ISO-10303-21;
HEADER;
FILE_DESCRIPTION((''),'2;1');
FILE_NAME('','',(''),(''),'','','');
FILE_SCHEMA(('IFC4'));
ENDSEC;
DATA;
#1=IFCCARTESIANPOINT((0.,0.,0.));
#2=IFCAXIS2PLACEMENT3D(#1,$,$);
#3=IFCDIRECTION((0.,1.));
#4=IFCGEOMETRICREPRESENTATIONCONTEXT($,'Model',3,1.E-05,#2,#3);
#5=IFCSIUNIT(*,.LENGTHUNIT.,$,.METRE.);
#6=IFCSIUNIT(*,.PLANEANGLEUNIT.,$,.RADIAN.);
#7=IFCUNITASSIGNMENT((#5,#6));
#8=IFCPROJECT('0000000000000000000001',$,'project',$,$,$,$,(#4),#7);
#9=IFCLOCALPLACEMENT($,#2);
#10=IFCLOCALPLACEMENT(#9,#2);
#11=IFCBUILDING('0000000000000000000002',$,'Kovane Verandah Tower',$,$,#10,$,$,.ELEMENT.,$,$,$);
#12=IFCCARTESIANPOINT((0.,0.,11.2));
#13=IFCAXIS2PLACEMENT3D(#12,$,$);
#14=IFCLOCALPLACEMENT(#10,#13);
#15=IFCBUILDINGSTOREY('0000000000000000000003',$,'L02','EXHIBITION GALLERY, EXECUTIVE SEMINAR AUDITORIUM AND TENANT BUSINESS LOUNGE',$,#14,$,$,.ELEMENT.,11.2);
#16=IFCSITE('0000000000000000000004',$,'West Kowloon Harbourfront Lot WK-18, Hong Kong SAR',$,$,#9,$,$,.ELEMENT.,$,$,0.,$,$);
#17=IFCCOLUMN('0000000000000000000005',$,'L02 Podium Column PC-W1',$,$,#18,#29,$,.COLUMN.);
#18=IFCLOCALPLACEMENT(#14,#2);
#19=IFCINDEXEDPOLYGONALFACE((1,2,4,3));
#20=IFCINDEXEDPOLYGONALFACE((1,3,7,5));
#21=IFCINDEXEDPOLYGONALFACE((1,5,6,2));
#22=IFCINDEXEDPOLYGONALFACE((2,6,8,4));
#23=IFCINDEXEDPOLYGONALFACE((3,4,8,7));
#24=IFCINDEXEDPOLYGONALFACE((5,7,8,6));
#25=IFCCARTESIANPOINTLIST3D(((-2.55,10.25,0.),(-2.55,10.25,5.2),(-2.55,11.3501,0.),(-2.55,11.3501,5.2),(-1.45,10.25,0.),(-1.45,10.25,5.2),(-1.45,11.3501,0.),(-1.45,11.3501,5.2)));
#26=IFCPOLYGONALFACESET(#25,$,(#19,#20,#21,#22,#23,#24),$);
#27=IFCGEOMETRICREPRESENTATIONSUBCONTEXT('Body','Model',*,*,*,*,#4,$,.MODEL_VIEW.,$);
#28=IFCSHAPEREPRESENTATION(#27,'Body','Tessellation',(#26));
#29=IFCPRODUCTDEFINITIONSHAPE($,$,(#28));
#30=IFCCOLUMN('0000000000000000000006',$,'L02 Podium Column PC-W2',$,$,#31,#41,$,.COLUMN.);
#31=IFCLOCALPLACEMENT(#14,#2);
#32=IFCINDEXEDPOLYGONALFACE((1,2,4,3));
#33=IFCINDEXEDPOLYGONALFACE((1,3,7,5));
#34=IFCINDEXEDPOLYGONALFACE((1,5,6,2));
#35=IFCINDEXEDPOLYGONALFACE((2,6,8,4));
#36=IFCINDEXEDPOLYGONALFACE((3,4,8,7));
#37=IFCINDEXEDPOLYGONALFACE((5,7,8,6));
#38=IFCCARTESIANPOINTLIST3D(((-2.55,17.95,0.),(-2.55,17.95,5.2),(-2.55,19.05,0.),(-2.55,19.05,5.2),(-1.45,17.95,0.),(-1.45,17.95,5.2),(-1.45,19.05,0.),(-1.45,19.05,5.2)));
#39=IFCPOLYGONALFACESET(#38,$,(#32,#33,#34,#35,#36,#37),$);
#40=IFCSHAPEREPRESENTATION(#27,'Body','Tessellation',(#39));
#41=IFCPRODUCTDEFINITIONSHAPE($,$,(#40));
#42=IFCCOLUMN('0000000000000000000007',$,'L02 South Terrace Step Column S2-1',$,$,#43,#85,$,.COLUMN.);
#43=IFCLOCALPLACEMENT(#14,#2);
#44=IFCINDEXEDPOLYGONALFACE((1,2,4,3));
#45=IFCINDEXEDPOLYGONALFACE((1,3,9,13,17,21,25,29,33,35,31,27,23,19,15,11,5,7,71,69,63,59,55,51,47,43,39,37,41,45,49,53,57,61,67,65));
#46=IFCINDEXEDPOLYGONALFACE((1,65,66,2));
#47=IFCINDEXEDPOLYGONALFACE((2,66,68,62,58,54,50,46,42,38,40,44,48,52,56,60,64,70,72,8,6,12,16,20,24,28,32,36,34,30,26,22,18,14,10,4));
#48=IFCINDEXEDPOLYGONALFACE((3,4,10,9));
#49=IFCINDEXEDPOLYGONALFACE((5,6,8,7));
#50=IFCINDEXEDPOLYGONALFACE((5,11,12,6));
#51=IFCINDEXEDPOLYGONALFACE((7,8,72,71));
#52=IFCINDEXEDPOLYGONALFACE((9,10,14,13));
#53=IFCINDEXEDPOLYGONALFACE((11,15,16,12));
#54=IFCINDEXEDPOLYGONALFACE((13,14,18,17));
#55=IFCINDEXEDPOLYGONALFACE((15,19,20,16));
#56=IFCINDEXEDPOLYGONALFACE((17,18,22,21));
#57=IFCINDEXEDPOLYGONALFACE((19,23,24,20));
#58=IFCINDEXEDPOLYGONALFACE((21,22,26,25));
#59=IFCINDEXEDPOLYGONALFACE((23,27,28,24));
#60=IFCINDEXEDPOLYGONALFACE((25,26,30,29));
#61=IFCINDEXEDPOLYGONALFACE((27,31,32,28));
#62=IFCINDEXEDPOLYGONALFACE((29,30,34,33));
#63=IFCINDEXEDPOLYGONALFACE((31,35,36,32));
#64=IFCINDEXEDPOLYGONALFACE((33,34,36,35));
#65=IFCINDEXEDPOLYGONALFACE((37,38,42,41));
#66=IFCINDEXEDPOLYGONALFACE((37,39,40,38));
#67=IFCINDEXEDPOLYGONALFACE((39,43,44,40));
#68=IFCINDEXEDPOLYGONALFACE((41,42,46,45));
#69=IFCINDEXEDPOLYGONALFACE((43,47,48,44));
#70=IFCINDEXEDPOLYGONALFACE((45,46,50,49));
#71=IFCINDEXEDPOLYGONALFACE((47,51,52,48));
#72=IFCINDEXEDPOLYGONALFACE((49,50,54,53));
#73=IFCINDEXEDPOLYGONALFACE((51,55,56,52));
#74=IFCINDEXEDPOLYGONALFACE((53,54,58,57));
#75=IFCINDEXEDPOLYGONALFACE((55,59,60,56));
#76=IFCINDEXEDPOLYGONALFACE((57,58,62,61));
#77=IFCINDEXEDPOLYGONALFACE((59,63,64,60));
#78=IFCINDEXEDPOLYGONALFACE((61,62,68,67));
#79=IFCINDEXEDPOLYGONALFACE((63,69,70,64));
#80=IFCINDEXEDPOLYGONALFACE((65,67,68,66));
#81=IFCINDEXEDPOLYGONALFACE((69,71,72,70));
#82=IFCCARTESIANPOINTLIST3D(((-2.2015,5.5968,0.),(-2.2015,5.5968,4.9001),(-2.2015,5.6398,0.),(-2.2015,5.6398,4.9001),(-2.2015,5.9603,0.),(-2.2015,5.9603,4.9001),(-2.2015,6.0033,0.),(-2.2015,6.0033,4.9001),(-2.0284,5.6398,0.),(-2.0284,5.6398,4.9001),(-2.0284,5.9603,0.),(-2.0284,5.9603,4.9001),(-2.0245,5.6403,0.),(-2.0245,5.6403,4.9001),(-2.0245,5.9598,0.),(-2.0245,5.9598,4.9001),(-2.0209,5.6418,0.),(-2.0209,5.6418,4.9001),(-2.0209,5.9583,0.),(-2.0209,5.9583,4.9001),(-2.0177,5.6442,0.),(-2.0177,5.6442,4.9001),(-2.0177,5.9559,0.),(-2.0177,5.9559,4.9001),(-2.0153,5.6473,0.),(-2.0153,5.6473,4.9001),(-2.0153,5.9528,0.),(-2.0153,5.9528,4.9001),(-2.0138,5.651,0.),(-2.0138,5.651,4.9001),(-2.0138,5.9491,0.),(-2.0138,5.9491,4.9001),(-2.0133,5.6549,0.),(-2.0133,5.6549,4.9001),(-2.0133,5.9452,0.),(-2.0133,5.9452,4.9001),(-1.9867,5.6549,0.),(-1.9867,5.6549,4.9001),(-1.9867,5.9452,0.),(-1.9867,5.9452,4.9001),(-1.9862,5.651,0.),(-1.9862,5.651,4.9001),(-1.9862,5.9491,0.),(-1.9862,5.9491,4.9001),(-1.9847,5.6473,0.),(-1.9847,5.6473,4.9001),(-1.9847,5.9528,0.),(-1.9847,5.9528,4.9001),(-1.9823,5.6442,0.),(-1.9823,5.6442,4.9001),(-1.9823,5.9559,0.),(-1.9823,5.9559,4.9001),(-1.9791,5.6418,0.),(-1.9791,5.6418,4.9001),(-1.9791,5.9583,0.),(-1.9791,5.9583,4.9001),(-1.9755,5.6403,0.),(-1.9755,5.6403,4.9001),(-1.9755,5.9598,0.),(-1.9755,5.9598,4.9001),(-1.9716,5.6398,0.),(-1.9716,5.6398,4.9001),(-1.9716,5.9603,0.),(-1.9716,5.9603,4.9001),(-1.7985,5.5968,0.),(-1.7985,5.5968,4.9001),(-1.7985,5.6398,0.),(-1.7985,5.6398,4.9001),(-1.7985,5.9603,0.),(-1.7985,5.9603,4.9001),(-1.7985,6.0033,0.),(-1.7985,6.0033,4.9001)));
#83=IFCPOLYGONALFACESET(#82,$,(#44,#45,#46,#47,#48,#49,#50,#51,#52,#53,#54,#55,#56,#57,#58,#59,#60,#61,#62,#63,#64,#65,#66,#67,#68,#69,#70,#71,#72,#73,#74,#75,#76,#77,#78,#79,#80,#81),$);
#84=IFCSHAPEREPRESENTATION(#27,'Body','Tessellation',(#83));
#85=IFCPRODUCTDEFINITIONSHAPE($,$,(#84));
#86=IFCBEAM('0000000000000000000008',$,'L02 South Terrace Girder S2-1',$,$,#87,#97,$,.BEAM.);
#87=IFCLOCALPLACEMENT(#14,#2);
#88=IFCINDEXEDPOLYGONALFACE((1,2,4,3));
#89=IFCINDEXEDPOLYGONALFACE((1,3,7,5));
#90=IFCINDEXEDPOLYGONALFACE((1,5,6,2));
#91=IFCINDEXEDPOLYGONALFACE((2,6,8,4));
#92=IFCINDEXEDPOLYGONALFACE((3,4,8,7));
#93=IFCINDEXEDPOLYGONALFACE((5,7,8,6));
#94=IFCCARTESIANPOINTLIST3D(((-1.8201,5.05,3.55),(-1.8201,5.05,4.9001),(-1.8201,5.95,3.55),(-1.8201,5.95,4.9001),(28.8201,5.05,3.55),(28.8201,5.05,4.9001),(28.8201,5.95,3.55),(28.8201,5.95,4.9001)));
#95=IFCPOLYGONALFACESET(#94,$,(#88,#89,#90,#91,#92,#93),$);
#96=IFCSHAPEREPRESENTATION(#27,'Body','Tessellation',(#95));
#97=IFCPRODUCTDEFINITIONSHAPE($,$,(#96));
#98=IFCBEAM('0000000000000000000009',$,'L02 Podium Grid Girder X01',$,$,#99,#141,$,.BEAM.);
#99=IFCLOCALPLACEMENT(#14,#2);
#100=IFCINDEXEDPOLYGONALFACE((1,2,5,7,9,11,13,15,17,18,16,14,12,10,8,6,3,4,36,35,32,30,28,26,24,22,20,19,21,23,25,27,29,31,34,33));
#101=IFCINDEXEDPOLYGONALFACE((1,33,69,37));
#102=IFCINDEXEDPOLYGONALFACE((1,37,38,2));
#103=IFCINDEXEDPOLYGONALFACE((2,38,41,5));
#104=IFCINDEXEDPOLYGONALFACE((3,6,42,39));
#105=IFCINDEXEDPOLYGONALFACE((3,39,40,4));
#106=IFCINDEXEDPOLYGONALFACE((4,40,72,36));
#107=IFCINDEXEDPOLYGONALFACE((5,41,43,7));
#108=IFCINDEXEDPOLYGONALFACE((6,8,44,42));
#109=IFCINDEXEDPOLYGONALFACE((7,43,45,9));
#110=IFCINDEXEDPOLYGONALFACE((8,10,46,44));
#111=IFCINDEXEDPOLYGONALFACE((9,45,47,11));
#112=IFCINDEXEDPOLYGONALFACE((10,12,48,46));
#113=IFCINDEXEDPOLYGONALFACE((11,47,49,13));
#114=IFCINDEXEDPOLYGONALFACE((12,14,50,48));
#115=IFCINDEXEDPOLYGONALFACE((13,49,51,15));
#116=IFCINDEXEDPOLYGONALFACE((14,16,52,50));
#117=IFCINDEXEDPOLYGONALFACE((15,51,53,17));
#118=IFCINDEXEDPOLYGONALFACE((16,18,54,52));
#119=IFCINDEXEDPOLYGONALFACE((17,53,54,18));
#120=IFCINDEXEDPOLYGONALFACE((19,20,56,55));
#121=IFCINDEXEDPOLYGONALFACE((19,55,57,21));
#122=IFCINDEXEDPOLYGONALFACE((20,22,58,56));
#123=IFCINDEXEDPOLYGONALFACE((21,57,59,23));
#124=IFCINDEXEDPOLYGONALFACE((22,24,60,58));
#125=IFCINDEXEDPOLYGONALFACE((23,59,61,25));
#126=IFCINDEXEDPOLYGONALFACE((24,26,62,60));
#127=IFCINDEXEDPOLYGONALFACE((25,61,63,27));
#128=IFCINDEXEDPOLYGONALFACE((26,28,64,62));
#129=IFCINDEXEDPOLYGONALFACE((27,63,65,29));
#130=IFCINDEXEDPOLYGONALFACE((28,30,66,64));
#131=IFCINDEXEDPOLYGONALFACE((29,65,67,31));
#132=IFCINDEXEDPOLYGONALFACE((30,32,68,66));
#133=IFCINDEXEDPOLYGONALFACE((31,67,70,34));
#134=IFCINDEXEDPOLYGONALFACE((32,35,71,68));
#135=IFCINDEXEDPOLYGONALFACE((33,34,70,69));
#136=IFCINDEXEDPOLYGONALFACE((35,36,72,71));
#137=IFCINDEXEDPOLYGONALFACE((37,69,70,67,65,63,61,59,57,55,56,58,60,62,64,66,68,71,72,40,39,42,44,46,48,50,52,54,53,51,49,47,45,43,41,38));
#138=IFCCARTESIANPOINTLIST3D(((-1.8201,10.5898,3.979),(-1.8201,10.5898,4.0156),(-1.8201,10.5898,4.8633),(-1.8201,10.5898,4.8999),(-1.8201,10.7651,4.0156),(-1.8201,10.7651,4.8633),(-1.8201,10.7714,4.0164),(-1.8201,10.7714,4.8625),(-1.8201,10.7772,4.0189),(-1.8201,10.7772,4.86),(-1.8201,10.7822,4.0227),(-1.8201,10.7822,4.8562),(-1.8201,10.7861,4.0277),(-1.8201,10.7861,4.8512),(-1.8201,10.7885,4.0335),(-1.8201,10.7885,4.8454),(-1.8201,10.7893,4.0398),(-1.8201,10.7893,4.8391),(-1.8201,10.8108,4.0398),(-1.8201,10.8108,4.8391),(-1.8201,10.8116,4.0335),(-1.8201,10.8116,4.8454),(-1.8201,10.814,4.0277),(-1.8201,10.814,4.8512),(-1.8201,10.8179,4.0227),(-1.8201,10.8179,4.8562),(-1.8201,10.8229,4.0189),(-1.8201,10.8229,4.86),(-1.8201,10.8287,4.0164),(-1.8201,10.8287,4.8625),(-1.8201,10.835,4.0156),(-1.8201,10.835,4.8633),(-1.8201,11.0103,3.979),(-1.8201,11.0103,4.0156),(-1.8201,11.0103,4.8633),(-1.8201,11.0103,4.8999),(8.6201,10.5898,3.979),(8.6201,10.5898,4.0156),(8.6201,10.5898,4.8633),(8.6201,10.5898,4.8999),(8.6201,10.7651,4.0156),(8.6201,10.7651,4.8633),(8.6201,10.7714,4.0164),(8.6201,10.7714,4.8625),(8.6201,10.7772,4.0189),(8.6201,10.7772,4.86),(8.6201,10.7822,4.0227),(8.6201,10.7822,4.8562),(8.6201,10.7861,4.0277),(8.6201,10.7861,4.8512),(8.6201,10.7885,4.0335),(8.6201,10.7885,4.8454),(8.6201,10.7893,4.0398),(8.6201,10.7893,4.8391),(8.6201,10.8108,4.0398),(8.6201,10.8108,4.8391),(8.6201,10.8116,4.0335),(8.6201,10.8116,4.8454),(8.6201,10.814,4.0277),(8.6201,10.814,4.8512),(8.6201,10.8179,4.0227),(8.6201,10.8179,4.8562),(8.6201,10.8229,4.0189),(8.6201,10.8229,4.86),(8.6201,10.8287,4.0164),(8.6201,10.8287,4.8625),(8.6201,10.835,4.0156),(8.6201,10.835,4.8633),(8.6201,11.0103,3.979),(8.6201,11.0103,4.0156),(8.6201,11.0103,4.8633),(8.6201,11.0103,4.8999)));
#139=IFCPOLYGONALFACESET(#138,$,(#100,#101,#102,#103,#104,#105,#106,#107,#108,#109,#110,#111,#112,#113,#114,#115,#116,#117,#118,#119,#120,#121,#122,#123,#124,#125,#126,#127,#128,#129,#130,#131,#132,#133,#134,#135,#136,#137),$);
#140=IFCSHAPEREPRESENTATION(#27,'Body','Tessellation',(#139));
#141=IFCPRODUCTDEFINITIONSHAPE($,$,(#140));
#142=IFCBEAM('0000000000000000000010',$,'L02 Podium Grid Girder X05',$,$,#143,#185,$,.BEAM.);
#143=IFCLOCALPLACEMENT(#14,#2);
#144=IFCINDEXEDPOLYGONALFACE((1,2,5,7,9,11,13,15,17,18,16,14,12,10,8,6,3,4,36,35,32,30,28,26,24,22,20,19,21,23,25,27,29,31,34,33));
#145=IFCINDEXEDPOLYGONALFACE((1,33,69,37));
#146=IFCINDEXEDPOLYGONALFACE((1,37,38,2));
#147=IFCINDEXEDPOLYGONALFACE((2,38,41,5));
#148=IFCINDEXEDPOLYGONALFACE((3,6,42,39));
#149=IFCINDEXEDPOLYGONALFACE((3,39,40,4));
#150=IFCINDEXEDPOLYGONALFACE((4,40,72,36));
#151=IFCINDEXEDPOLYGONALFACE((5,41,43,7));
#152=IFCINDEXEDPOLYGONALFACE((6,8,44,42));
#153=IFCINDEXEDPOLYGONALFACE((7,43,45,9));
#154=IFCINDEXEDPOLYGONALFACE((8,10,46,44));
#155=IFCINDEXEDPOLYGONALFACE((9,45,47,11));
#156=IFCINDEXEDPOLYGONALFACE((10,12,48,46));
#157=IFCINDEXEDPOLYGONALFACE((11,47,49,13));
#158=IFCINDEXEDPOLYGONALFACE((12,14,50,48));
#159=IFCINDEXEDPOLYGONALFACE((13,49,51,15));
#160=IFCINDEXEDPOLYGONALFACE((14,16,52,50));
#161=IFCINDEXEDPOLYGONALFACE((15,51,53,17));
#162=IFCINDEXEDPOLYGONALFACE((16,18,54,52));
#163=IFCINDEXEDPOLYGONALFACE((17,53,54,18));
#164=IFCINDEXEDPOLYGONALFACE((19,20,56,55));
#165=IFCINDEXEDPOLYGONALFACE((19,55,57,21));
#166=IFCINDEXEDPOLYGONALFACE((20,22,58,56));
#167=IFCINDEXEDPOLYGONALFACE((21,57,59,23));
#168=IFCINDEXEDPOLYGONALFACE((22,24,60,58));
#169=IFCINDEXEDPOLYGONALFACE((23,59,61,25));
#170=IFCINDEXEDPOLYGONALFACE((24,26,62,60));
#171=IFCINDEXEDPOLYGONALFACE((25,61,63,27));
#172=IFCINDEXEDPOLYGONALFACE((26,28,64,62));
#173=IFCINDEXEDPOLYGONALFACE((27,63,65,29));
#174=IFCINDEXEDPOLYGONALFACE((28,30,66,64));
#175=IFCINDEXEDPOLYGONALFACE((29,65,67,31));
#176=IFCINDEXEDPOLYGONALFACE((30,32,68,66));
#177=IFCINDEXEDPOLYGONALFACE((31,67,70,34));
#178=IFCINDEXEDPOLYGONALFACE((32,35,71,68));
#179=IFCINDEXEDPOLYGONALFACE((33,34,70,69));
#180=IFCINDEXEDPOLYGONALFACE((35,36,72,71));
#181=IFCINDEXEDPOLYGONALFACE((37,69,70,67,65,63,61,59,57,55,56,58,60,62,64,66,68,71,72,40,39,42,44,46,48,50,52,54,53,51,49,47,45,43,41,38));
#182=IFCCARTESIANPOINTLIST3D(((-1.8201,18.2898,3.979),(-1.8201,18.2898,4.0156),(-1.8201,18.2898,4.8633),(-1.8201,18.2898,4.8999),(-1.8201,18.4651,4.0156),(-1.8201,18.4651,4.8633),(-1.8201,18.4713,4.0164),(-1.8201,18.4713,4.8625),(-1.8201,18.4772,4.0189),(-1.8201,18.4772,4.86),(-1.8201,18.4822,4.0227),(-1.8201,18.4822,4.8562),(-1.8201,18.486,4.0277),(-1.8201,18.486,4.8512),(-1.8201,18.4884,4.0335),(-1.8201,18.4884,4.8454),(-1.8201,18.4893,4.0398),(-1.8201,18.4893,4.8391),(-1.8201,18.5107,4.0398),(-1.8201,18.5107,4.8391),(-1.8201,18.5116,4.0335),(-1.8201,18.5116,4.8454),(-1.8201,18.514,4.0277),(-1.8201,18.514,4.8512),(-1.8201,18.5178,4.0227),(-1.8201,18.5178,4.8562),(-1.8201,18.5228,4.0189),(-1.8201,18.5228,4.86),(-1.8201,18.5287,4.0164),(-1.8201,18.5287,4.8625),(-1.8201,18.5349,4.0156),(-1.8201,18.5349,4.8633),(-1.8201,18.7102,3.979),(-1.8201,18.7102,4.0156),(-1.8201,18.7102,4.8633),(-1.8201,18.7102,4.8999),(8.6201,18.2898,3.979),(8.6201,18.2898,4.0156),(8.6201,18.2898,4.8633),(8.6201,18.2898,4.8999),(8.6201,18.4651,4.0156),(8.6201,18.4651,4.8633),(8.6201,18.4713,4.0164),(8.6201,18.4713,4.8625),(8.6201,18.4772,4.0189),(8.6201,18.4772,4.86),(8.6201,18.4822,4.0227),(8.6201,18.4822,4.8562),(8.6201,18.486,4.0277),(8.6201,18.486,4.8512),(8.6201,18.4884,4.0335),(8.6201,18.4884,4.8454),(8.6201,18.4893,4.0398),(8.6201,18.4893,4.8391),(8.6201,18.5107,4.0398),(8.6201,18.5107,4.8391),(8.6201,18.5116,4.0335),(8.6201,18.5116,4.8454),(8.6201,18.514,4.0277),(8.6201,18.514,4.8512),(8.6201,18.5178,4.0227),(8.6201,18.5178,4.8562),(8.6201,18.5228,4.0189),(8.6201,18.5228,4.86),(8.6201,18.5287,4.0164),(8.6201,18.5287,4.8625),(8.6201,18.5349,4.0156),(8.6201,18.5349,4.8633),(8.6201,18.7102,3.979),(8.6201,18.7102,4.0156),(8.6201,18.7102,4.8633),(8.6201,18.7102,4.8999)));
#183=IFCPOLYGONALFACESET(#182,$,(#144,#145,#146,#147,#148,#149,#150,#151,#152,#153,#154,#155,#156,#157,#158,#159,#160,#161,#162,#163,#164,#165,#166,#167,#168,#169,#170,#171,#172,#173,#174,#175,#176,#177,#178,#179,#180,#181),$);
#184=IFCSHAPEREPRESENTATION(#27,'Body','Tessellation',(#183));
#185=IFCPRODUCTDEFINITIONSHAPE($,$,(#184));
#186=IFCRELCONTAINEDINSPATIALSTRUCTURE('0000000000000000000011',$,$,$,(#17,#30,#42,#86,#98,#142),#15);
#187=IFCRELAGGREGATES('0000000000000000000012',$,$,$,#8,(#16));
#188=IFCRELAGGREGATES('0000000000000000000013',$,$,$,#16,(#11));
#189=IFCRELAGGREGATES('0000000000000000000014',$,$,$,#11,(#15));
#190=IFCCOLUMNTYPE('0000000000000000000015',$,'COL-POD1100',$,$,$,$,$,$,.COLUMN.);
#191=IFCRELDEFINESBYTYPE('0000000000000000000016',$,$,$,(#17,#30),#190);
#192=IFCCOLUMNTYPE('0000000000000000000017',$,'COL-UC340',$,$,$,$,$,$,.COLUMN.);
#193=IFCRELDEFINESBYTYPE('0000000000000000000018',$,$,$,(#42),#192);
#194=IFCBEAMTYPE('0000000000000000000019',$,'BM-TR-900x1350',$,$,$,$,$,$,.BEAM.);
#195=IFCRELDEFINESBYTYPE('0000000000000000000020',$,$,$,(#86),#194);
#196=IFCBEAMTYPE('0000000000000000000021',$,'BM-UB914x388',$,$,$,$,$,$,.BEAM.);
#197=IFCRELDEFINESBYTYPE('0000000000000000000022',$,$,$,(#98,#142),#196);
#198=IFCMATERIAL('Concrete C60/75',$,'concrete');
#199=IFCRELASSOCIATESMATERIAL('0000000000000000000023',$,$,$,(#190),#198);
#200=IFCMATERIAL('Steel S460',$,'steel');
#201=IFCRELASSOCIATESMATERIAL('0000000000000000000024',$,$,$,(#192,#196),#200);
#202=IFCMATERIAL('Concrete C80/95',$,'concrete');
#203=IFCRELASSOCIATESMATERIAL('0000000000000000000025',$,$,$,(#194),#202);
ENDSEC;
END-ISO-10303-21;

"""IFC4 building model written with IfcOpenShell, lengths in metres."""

from ifc_helpers import new_model, si_unit, direction, frame, origin, origin_2d, place, context, subcontext, project, spatial, rectangle, i_section, extrude, material, material_profile, profile_set, type_object, element, save


model = new_model("IFC4")

# Units and contexts
model_context = context("Model", 3, precision=1e-05, world=origin(), true_north=direction((0.0, 1.0)))
body_context = subcontext(model_context, "Body", "Model", "MODEL_VIEW")
ifc_project = project(units=[si_unit("LENGTHUNIT", "METRE"), si_unit("PLANEANGLEUNIT", "RADIAN")], contexts=[model_context])

# Site, building, storey
site_placement = place(None, origin())
site = spatial("IfcSite", under=ifc_project, at=site_placement, Name="West Kowloon Harbourfront Lot WK-18, Hong Kong SAR", CompositionType="ELEMENT", RefElevation=0.0)
building_placement = place(site_placement, origin())
building = spatial("IfcBuilding", under=site, at=building_placement, Name="Kovane Verandah Tower", CompositionType="ELEMENT")
storey_placement = place(building_placement, frame((0.0, 0.0, 11.2)))
storey = spatial("IfcBuildingStorey", under=building, at=storey_placement, Name="L02", Description="EXHIBITION GALLERY, EXECUTIVE SEMINAR AUDITORIUM AND TENANT BUSINESS LOUNGE", CompositionType="ELEMENT", Elevation=11.2)

# Columns
ifc_material_1 = material(Name="Concrete C60/75", Category="concrete")
ifc_material_profile_1 = material_profile(ifc_material_1, rectangle(XDim=1.1001, YDim=1.1001, at=origin_2d()), Name="RC1100x1100")
ifc_profile_set_1 = profile_set([ifc_material_profile_1], Name="Concrete C60/75")
column_type_1 = type_object("IfcColumnType", Name="COL-POD1100", PredefinedType="COLUMN", material=ifc_profile_set_1)
for number, where, z_axis, x_axis, name in (
    (1, (-2.0, 10.8, 0.0), (0.0, 0.0, 1.0), (1.0, 0.0, 0.0), "L02 Podium Column PC-W1"),
    (2, (-2.0, 18.5, 0.0), (0.0, 0.0, 1.0), (1.0, 0.0, 0.0), "L02 Podium Column PC-W2"),
):
    element("IfcColumn", number, at=place(storey_placement, frame(where, z_axis=z_axis, x_axis=x_axis)), inside=storey, type_object=column_type_1, Name=name, PredefinedType="COLUMN", context=body_context, shape_type="SweptSolid", body=[
        extrude(rectangle(XDim=1.1001, YDim=1.1001, at=origin_2d()), origin(), (0.0, 0.0, 1.0), 5.2),
    ])
ifc_material_2 = material(Name="Steel S460", Category="steel")
ifc_material_profile_2 = material_profile(ifc_material_2, i_section(OverallWidth=0.4031, OverallDepth=0.4065, WebThickness=0.0266, FlangeThickness=0.043, FilletRadius=0.0151, at=origin_2d()), Name="UC356x406x340")
ifc_profile_set_2 = profile_set([ifc_material_profile_2], Name="Steel S460")
column_type_2 = type_object("IfcColumnType", Name="COL-UC340", PredefinedType="COLUMN", material=ifc_profile_set_2)
column_placement = place(storey_placement, frame((-2.0, 5.8, 0.0), z_axis=(0.0, 0.0, 1.0), x_axis=(1.0, 0.0, 0.0)))
element("IfcColumn", 3, at=column_placement, inside=storey, type_object=column_type_2, Name="L02 South Terrace Step Column S2-1", PredefinedType="COLUMN", context=body_context, shape_type="SweptSolid", body=[
    extrude(i_section(OverallWidth=0.4031, OverallDepth=0.4065, WebThickness=0.0266, FlangeThickness=0.043, FilletRadius=0.0151, at=origin_2d()), origin(), (0.0, 0.0, 1.0), 4.9001),
])

# Beams
ifc_material_3 = material(Name="Concrete C80/95", Category="concrete")
ifc_material_profile_3 = material_profile(ifc_material_3, rectangle(XDim=0.8999, YDim=1.3501, at=origin_2d()), Name="RCB900x1350")
ifc_profile_set_3 = profile_set([ifc_material_profile_3], Name="Concrete C80/95")
beam_type_1 = type_object("IfcBeamType", Name="BM-TR-900x1350", PredefinedType="BEAM", material=ifc_profile_set_3)
beam_1_placement = place(storey_placement, frame((-1.8201, 5.5, 4.2251), z_axis=(1.0, 0.0, 0.0), x_axis=(0.0, 1.0, 0.0)))
element("IfcBeam", 4, at=beam_1_placement, inside=storey, type_object=beam_type_1, Name="L02 South Terrace Girder S2-1", PredefinedType="BEAM", context=body_context, shape_type="SweptSolid", body=[
    extrude(rectangle(XDim=0.8999, YDim=1.3501, at=origin_2d()), origin(), (0.0, 0.0, 1.0), 30.6401),
])
ifc_material_profile_4 = material_profile(ifc_material_2, i_section(OverallWidth=0.4204, OverallDepth=0.9209, WebThickness=0.0215, FlangeThickness=0.0366, FilletRadius=0.0242, at=origin_2d()), Name="UB914x419x388")
ifc_profile_set_4 = profile_set([ifc_material_profile_4], Name="Steel S460")
beam_type_2 = type_object("IfcBeamType", Name="BM-UB914x388", PredefinedType="BEAM", material=ifc_profile_set_4)
for number, where, z_axis, x_axis, name in (
    (5, (-1.8201, 10.8, 4.4395), (1.0, 0.0, 0.0), (0.0, 1.0, 0.0), "L02 Podium Grid Girder X01"),
    (6, (-1.8201, 18.5, 4.4395), (1.0, 0.0, 0.0), (0.0, 1.0, 0.0), "L02 Podium Grid Girder X05"),
):
    element("IfcBeam", number, at=place(storey_placement, frame(where, z_axis=z_axis, x_axis=x_axis)), inside=storey, type_object=beam_type_2, Name=name, PredefinedType="BEAM", context=body_context, shape_type="SweptSolid", body=[
        extrude(i_section(OverallWidth=0.4204, OverallDepth=0.9209, WebThickness=0.0215, FlangeThickness=0.0366, FilletRadius=0.0242, at=origin_2d()), origin(), (0.0, 0.0, 1.0), 10.4402),
    ])

save(model, "model.ifc")
